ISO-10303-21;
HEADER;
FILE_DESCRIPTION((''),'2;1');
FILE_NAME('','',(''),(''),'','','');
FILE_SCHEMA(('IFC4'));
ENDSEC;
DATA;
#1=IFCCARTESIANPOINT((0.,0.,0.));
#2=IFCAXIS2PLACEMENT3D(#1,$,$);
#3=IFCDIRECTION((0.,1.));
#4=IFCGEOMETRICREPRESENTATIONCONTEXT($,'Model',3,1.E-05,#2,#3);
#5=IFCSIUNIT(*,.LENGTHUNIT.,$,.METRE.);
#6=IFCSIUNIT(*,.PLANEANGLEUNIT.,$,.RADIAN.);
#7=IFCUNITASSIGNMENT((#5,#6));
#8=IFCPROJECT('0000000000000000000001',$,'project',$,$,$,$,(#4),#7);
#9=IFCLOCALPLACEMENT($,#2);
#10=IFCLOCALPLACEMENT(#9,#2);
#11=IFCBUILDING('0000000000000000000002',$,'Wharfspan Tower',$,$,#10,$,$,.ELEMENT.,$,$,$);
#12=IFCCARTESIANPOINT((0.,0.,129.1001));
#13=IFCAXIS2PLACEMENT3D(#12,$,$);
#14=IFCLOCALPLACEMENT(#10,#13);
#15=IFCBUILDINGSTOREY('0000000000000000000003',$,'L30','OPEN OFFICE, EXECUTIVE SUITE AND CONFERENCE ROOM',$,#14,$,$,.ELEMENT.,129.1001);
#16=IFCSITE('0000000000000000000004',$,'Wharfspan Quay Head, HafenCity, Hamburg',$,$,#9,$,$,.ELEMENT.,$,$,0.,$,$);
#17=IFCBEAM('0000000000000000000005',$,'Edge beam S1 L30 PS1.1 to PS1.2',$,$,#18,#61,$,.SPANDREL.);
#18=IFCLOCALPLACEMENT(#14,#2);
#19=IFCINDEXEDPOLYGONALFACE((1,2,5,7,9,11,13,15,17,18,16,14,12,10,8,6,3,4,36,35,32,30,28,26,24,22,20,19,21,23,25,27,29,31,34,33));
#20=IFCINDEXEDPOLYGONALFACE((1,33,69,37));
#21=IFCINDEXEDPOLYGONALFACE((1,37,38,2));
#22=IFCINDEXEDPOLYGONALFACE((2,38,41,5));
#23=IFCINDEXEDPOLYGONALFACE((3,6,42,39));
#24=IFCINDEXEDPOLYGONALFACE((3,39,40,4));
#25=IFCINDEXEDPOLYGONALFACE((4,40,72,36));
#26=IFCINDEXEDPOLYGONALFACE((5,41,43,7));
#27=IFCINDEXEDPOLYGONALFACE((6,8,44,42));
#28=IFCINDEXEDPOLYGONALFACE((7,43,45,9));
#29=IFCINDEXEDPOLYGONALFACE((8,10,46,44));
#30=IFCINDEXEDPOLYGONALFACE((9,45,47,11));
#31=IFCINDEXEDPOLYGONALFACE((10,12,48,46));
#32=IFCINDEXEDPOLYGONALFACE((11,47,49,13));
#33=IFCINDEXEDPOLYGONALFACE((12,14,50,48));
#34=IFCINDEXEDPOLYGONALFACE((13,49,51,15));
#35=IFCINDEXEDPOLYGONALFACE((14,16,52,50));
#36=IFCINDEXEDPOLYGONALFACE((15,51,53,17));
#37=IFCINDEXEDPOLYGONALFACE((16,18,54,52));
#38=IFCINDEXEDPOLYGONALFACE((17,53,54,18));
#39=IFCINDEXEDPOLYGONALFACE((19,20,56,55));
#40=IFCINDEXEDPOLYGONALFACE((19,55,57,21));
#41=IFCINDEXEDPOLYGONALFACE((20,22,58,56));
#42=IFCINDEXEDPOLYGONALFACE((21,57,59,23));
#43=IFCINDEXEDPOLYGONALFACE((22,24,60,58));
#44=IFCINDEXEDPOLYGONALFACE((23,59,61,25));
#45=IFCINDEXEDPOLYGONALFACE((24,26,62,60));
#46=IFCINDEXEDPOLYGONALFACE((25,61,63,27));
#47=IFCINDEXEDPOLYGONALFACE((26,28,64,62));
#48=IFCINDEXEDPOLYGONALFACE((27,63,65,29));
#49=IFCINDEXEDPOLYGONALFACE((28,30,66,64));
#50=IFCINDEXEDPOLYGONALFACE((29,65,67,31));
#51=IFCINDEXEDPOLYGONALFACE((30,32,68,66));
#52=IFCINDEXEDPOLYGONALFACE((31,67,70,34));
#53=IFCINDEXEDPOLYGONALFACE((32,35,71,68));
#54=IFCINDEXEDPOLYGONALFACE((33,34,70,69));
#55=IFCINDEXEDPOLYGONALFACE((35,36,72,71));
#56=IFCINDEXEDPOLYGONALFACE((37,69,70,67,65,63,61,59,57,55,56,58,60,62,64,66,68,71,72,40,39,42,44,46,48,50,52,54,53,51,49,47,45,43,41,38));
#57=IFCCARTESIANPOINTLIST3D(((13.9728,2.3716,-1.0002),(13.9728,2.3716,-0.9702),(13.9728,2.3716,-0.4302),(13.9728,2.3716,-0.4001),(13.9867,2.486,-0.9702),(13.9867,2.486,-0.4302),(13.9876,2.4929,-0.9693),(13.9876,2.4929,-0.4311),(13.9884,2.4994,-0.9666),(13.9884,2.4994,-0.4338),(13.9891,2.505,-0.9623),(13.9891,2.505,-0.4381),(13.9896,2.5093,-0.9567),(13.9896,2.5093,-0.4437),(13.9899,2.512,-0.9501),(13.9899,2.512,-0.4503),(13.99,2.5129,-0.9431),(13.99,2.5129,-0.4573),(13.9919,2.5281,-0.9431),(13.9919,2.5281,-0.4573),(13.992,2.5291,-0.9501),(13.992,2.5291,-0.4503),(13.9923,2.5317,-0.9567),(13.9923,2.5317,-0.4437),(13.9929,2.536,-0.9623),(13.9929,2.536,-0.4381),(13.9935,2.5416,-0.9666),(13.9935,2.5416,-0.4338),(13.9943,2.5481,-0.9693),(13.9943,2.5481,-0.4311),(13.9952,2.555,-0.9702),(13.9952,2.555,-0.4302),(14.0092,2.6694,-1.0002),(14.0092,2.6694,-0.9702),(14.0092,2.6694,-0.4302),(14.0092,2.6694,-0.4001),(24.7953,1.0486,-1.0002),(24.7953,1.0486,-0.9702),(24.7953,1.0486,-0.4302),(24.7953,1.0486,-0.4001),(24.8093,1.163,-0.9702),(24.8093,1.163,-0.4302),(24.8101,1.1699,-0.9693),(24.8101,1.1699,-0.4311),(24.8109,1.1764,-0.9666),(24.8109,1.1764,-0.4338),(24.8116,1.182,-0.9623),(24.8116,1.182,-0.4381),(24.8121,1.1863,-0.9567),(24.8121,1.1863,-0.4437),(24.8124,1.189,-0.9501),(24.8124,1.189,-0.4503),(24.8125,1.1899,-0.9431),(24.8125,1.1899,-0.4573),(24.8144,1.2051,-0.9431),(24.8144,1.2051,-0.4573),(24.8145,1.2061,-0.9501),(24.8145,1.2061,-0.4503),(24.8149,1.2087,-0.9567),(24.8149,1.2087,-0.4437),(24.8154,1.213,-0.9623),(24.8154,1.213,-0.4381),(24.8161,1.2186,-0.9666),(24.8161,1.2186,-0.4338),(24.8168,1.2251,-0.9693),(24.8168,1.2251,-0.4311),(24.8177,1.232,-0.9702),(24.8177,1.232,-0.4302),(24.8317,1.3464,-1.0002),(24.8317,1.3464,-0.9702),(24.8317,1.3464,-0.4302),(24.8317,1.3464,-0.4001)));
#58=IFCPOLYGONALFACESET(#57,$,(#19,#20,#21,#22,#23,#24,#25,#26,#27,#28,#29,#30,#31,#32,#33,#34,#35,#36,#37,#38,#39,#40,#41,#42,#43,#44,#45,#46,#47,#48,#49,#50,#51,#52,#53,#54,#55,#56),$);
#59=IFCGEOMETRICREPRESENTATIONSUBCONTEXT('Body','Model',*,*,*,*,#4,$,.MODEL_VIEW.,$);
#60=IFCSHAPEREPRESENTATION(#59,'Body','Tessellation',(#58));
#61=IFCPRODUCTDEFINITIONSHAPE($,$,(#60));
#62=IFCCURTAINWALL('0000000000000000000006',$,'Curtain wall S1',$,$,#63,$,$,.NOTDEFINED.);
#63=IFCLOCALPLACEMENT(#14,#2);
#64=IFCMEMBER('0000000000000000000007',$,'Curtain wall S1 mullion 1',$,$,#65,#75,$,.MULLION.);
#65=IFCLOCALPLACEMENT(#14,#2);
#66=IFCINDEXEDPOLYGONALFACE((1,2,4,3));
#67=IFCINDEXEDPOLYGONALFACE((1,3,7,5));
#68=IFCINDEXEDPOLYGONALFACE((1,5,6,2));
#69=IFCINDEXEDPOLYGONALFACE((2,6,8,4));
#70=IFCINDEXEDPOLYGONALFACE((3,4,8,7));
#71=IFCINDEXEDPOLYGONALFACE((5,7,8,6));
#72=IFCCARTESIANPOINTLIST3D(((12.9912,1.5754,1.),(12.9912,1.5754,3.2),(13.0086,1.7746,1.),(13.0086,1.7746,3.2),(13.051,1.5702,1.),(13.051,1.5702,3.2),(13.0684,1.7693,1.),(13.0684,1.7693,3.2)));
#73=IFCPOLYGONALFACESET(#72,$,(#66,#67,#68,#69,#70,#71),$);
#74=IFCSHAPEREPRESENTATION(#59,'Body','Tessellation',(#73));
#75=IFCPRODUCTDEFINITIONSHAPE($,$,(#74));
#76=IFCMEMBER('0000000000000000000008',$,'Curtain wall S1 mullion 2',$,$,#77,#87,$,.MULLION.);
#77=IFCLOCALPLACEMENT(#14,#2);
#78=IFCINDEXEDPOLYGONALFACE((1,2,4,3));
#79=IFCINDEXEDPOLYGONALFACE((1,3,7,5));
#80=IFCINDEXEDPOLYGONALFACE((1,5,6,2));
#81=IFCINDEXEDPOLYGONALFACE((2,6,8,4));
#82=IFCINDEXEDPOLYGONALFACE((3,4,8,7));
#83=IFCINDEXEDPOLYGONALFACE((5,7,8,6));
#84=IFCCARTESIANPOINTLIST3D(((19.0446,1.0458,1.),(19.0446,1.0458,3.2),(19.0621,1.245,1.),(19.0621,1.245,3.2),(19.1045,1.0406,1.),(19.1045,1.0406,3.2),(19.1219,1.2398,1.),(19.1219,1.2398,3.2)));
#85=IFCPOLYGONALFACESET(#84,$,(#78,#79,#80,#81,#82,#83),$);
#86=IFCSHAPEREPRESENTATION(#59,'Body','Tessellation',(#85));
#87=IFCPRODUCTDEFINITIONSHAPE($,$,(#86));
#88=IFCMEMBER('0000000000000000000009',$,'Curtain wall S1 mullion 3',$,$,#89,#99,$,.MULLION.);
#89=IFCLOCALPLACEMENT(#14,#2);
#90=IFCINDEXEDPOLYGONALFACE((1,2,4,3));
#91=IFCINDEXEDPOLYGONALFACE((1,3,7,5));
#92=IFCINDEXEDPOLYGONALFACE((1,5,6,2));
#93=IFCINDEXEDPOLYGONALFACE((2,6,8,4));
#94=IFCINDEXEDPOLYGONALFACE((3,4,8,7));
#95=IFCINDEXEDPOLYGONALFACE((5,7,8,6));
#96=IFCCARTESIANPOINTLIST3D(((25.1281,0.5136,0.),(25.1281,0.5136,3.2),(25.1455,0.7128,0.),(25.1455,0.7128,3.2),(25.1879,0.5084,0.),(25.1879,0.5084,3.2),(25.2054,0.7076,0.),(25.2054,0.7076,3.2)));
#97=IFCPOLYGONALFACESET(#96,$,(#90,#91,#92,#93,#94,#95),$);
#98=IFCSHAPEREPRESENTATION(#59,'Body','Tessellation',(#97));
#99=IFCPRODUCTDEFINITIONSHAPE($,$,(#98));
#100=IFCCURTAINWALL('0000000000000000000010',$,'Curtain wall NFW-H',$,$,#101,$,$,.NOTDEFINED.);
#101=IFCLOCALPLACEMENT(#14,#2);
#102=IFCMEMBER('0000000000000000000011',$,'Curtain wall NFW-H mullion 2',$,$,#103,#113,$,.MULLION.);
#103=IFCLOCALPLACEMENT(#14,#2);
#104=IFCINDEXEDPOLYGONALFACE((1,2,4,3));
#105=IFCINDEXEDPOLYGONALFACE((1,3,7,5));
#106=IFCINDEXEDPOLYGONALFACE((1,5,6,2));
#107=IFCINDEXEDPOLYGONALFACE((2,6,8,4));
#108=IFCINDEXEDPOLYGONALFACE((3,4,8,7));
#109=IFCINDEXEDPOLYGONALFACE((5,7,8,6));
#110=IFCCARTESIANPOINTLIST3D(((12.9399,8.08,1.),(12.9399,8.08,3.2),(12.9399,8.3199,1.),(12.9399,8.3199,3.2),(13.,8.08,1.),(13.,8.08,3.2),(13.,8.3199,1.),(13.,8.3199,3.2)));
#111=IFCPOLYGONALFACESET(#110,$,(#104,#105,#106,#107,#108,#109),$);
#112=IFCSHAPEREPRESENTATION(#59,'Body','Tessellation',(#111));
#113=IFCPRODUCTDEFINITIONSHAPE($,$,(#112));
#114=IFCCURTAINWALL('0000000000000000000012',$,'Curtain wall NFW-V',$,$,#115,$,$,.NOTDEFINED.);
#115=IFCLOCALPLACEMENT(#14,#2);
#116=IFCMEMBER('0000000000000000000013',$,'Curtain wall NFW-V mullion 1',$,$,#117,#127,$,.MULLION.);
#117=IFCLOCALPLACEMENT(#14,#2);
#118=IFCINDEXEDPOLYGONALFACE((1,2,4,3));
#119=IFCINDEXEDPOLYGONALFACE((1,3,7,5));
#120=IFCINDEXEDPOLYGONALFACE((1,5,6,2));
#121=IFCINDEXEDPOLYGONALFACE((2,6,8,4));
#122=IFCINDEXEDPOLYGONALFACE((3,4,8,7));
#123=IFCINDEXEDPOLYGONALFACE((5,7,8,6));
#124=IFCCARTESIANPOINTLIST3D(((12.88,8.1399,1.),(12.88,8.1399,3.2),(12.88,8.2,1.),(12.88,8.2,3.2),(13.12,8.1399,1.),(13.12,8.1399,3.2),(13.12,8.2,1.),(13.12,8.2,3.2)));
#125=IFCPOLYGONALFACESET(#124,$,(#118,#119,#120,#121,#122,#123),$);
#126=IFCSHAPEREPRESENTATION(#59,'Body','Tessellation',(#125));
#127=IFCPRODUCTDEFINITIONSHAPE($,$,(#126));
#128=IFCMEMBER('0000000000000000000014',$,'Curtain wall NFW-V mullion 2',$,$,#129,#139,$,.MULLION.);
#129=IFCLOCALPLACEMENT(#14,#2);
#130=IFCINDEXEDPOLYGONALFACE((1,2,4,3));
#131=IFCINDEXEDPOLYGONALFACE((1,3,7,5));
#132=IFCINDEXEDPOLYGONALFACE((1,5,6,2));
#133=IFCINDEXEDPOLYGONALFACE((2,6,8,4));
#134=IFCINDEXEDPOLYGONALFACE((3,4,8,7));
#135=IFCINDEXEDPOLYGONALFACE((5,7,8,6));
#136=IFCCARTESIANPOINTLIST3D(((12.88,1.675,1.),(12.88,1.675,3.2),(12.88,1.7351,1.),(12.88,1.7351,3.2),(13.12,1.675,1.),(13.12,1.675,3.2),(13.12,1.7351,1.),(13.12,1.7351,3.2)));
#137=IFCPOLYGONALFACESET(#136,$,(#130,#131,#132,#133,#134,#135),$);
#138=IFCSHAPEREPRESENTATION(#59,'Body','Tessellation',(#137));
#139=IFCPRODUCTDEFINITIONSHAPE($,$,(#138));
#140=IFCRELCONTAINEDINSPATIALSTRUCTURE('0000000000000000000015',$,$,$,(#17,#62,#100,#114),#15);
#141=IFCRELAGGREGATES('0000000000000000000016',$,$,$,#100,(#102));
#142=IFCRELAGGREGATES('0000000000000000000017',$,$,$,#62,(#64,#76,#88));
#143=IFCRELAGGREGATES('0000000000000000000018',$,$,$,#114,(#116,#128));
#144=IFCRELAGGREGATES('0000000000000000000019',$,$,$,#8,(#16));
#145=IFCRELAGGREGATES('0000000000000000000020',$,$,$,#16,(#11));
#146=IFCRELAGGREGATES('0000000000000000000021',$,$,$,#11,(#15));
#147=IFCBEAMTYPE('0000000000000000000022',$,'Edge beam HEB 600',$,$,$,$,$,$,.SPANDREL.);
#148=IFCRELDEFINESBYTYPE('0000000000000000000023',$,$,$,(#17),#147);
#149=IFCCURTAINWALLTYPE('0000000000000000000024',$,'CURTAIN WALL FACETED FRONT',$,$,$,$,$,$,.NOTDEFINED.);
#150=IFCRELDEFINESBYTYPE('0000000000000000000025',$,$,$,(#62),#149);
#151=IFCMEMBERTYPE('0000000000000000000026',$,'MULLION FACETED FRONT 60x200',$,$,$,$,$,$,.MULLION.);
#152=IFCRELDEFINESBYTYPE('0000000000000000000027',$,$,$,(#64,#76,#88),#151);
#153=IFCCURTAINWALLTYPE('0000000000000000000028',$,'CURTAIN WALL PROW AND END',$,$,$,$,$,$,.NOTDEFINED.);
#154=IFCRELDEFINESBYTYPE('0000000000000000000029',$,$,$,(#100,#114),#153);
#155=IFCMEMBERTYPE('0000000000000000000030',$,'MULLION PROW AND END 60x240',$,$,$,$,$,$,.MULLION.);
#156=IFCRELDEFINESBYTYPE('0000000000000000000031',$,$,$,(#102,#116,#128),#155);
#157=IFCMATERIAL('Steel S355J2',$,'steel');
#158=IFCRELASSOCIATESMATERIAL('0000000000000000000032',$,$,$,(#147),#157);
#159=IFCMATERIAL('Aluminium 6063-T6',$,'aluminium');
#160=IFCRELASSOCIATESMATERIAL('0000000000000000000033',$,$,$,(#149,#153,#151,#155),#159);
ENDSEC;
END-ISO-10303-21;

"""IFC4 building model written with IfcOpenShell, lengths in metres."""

from ifc_helpers import new_model, si_unit, direction, frame, origin, origin_2d, place, context, subcontext, project, spatial, rectangle, i_section, extrude, material, material_profile, profile_set, type_object, element, aggregate, save


model = new_model("IFC4")

# Units and contexts
model_context = context("Model", 3, precision=1e-05, world=origin(), true_north=direction((0.0, 1.0)))
body_context = subcontext(model_context, "Body", "Model", "MODEL_VIEW")
ifc_project = project(units=[si_unit("LENGTHUNIT", "METRE"), si_unit("PLANEANGLEUNIT", "RADIAN")], contexts=[model_context])

# Site, building, storey
site_placement = place(None, origin())
site = spatial("IfcSite", under=ifc_project, at=site_placement, Name="Wharfspan Quay Head, HafenCity, Hamburg", CompositionType="ELEMENT", RefElevation=0.0)
building_placement = place(site_placement, origin())
building = spatial("IfcBuilding", under=site, at=building_placement, Name="Wharfspan Tower", CompositionType="ELEMENT")
storey_placement = place(building_placement, frame((0.0, 0.0, 129.1001)))
storey = spatial("IfcBuildingStorey", under=building, at=storey_placement, Name="L30", Description="OPEN OFFICE, EXECUTIVE SUITE AND CONFERENCE ROOM", CompositionType="ELEMENT", Elevation=129.1001)

# Shared definitions
ifc_material_1 = material(Name="Steel S355J2", Category="steel")

# Beam
ifc_material_profile_1 = material_profile(ifc_material_1, i_section(OverallWidth=0.3, OverallDepth=0.6001, WebThickness=0.0154, FlangeThickness=0.03, FilletRadius=0.0271, at=origin_2d()))
ifc_profile_set_1 = profile_set([ifc_material_profile_1], Name="Steel S355J2")
beam_type = type_object("IfcBeamType", Name="Edge beam HEB 600", PredefinedType="SPANDREL", material=ifc_profile_set_1)
beam_placement = place(storey_placement, frame((13.991, 2.5205, -0.7002), z_axis=(0.992611, -0.121342, 0.0), x_axis=(0.121342, 0.992611, 0.0)))
element("IfcBeam", 1, at=beam_placement, inside=storey, type_object=beam_type, Name="Edge beam S1 L30 PS1.1 to PS1.2", PredefinedType="SPANDREL", context=body_context, shape_type="SweptSolid", body=[
    extrude(i_section(OverallWidth=0.3, OverallDepth=0.6001, WebThickness=0.0154, FlangeThickness=0.03, FilletRadius=0.0271, at=origin_2d()), origin(), (0.0, 0.0, 1.0), 10.9031),
])

# Curtain wall, members
ifc_material_2 = material(Name="Aluminium 6063-T6", Category="aluminium")
curtain_wall_type_1 = type_object("IfcCurtainWallType", Name="CURTAIN WALL FACETED FRONT", PredefinedType="NOTDEFINED", material=ifc_material_2)
curtain_wall_1_placement = place(storey_placement, origin())
curtain_wall_1 = element("IfcCurtainWall", 2, at=curtain_wall_1_placement, inside=storey, type_object=curtain_wall_type_1, Name="Curtain wall S1", PredefinedType="NOTDEFINED")
ifc_material_profile_2 = material_profile(ifc_material_2, rectangle(XDim=0.2, YDim=0.0601, at=origin_2d()))
ifc_profile_set_2 = profile_set([ifc_material_profile_2], Name="Aluminium 6063-T6")
member_type_1 = type_object("IfcMemberType", Name="MULLION FACETED FRONT 60x200", PredefinedType="MULLION", material=ifc_profile_set_2)
member_1_placement = place(storey_placement, frame((13.0298, 1.6724, 1.0), z_axis=(0.0, 0.0, 1.0), x_axis=(0.087156, 0.996198, 0.0)))
member_1 = element("IfcMember", 3, at=member_1_placement, type_object=member_type_1, Name="Curtain wall S1 mullion 1", PredefinedType="MULLION", context=body_context, shape_type="SweptSolid", body=[
    extrude(rectangle(XDim=0.2, YDim=0.0601, at=origin_2d()), origin(), (0.0, 0.0, 1.0), 2.2),
])
member_2_placement = place(storey_placement, frame((19.0833, 1.1428, 1.0), z_axis=(0.0, 0.0, 1.0), x_axis=(0.087156, 0.996198, 0.0)))
member_2 = element("IfcMember", 4, at=member_2_placement, type_object=member_type_1, Name="Curtain wall S1 mullion 2", PredefinedType="MULLION", context=body_context, shape_type="SweptSolid", body=[
    extrude(rectangle(XDim=0.2, YDim=0.0601, at=origin_2d()), origin(), (0.0, 0.0, 1.0), 2.2),
])
member_3_placement = place(storey_placement, frame((25.1667, 0.6106, 0.0), z_axis=(0.0, 0.0, 1.0), x_axis=(0.087156, 0.996198, 0.0)))
member_3 = element("IfcMember", 5, at=member_3_placement, type_object=member_type_1, Name="Curtain wall S1 mullion 3", PredefinedType="MULLION", context=body_context, shape_type="SweptSolid", body=[
    extrude(rectangle(XDim=0.2, YDim=0.0601, at=origin_2d()), origin(), (0.0, 0.0, 1.0), 3.2),
])

# Curtain wall, member
curtain_wall_type_2 = type_object("IfcCurtainWallType", Name="CURTAIN WALL PROW AND END", PredefinedType="NOTDEFINED", material=ifc_material_2)
curtain_wall_2_placement = place(storey_placement, origin())
curtain_wall_2 = element("IfcCurtainWall", 6, at=curtain_wall_2_placement, inside=storey, type_object=curtain_wall_type_2, Name="Curtain wall NFW-H", PredefinedType="NOTDEFINED")
ifc_material_profile_3 = material_profile(ifc_material_2, rectangle(XDim=0.24, YDim=0.0601, at=origin_2d()))
ifc_profile_set_3 = profile_set([ifc_material_profile_3], Name="Aluminium 6063-T6")
member_type_2 = type_object("IfcMemberType", Name="MULLION PROW AND END 60x240", PredefinedType="MULLION", material=ifc_profile_set_3)
member_4_placement = place(storey_placement, frame((12.97, 8.2, 1.0), z_axis=(0.0, 0.0, 1.0), x_axis=(0.0, 1.0, 0.0)))
member_4 = element("IfcMember", 7, at=member_4_placement, type_object=member_type_2, Name="Curtain wall NFW-H mullion 2", PredefinedType="MULLION", context=body_context, shape_type="SweptSolid", body=[
    extrude(rectangle(XDim=0.24, YDim=0.0601, at=origin_2d()), origin(), (0.0, 0.0, 1.0), 2.2),
])
aggregate(curtain_wall_2, [member_4])

# Curtain wall, members
curtain_wall_3_placement = place(storey_placement, origin())
curtain_wall_3 = element("IfcCurtainWall", 8, at=curtain_wall_3_placement, inside=storey, type_object=curtain_wall_type_2, Name="Curtain wall NFW-V", PredefinedType="NOTDEFINED")
member_5_placement = place(storey_placement, frame((13.0, 8.1699, 1.0), z_axis=(0.0, 0.0, 1.0), x_axis=(1.0, 0.0, 0.0)))
member_5 = element("IfcMember", 9, at=member_5_placement, type_object=member_type_2, Name="Curtain wall NFW-V mullion 1", PredefinedType="MULLION", context=body_context, shape_type="SweptSolid", body=[
    extrude(rectangle(XDim=0.24, YDim=0.0601, at=origin_2d()), origin(), (0.0, 0.0, 1.0), 2.2),
])
member_6_placement = place(storey_placement, frame((13.0, 1.7051, 1.0), z_axis=(0.0, 0.0, 1.0), x_axis=(1.0, 0.0, 0.0)))
member_6 = element("IfcMember", 10, at=member_6_placement, type_object=member_type_2, Name="Curtain wall NFW-V mullion 2", PredefinedType="MULLION", context=body_context, shape_type="SweptSolid", body=[
    extrude(rectangle(XDim=0.24, YDim=0.0601, at=origin_2d()), origin(), (0.0, 0.0, 1.0), 2.2),
])

aggregate(curtain_wall_1, [member_1, member_2, member_3])
aggregate(curtain_wall_3, [member_5, member_6])

save(model, "model.ifc")
